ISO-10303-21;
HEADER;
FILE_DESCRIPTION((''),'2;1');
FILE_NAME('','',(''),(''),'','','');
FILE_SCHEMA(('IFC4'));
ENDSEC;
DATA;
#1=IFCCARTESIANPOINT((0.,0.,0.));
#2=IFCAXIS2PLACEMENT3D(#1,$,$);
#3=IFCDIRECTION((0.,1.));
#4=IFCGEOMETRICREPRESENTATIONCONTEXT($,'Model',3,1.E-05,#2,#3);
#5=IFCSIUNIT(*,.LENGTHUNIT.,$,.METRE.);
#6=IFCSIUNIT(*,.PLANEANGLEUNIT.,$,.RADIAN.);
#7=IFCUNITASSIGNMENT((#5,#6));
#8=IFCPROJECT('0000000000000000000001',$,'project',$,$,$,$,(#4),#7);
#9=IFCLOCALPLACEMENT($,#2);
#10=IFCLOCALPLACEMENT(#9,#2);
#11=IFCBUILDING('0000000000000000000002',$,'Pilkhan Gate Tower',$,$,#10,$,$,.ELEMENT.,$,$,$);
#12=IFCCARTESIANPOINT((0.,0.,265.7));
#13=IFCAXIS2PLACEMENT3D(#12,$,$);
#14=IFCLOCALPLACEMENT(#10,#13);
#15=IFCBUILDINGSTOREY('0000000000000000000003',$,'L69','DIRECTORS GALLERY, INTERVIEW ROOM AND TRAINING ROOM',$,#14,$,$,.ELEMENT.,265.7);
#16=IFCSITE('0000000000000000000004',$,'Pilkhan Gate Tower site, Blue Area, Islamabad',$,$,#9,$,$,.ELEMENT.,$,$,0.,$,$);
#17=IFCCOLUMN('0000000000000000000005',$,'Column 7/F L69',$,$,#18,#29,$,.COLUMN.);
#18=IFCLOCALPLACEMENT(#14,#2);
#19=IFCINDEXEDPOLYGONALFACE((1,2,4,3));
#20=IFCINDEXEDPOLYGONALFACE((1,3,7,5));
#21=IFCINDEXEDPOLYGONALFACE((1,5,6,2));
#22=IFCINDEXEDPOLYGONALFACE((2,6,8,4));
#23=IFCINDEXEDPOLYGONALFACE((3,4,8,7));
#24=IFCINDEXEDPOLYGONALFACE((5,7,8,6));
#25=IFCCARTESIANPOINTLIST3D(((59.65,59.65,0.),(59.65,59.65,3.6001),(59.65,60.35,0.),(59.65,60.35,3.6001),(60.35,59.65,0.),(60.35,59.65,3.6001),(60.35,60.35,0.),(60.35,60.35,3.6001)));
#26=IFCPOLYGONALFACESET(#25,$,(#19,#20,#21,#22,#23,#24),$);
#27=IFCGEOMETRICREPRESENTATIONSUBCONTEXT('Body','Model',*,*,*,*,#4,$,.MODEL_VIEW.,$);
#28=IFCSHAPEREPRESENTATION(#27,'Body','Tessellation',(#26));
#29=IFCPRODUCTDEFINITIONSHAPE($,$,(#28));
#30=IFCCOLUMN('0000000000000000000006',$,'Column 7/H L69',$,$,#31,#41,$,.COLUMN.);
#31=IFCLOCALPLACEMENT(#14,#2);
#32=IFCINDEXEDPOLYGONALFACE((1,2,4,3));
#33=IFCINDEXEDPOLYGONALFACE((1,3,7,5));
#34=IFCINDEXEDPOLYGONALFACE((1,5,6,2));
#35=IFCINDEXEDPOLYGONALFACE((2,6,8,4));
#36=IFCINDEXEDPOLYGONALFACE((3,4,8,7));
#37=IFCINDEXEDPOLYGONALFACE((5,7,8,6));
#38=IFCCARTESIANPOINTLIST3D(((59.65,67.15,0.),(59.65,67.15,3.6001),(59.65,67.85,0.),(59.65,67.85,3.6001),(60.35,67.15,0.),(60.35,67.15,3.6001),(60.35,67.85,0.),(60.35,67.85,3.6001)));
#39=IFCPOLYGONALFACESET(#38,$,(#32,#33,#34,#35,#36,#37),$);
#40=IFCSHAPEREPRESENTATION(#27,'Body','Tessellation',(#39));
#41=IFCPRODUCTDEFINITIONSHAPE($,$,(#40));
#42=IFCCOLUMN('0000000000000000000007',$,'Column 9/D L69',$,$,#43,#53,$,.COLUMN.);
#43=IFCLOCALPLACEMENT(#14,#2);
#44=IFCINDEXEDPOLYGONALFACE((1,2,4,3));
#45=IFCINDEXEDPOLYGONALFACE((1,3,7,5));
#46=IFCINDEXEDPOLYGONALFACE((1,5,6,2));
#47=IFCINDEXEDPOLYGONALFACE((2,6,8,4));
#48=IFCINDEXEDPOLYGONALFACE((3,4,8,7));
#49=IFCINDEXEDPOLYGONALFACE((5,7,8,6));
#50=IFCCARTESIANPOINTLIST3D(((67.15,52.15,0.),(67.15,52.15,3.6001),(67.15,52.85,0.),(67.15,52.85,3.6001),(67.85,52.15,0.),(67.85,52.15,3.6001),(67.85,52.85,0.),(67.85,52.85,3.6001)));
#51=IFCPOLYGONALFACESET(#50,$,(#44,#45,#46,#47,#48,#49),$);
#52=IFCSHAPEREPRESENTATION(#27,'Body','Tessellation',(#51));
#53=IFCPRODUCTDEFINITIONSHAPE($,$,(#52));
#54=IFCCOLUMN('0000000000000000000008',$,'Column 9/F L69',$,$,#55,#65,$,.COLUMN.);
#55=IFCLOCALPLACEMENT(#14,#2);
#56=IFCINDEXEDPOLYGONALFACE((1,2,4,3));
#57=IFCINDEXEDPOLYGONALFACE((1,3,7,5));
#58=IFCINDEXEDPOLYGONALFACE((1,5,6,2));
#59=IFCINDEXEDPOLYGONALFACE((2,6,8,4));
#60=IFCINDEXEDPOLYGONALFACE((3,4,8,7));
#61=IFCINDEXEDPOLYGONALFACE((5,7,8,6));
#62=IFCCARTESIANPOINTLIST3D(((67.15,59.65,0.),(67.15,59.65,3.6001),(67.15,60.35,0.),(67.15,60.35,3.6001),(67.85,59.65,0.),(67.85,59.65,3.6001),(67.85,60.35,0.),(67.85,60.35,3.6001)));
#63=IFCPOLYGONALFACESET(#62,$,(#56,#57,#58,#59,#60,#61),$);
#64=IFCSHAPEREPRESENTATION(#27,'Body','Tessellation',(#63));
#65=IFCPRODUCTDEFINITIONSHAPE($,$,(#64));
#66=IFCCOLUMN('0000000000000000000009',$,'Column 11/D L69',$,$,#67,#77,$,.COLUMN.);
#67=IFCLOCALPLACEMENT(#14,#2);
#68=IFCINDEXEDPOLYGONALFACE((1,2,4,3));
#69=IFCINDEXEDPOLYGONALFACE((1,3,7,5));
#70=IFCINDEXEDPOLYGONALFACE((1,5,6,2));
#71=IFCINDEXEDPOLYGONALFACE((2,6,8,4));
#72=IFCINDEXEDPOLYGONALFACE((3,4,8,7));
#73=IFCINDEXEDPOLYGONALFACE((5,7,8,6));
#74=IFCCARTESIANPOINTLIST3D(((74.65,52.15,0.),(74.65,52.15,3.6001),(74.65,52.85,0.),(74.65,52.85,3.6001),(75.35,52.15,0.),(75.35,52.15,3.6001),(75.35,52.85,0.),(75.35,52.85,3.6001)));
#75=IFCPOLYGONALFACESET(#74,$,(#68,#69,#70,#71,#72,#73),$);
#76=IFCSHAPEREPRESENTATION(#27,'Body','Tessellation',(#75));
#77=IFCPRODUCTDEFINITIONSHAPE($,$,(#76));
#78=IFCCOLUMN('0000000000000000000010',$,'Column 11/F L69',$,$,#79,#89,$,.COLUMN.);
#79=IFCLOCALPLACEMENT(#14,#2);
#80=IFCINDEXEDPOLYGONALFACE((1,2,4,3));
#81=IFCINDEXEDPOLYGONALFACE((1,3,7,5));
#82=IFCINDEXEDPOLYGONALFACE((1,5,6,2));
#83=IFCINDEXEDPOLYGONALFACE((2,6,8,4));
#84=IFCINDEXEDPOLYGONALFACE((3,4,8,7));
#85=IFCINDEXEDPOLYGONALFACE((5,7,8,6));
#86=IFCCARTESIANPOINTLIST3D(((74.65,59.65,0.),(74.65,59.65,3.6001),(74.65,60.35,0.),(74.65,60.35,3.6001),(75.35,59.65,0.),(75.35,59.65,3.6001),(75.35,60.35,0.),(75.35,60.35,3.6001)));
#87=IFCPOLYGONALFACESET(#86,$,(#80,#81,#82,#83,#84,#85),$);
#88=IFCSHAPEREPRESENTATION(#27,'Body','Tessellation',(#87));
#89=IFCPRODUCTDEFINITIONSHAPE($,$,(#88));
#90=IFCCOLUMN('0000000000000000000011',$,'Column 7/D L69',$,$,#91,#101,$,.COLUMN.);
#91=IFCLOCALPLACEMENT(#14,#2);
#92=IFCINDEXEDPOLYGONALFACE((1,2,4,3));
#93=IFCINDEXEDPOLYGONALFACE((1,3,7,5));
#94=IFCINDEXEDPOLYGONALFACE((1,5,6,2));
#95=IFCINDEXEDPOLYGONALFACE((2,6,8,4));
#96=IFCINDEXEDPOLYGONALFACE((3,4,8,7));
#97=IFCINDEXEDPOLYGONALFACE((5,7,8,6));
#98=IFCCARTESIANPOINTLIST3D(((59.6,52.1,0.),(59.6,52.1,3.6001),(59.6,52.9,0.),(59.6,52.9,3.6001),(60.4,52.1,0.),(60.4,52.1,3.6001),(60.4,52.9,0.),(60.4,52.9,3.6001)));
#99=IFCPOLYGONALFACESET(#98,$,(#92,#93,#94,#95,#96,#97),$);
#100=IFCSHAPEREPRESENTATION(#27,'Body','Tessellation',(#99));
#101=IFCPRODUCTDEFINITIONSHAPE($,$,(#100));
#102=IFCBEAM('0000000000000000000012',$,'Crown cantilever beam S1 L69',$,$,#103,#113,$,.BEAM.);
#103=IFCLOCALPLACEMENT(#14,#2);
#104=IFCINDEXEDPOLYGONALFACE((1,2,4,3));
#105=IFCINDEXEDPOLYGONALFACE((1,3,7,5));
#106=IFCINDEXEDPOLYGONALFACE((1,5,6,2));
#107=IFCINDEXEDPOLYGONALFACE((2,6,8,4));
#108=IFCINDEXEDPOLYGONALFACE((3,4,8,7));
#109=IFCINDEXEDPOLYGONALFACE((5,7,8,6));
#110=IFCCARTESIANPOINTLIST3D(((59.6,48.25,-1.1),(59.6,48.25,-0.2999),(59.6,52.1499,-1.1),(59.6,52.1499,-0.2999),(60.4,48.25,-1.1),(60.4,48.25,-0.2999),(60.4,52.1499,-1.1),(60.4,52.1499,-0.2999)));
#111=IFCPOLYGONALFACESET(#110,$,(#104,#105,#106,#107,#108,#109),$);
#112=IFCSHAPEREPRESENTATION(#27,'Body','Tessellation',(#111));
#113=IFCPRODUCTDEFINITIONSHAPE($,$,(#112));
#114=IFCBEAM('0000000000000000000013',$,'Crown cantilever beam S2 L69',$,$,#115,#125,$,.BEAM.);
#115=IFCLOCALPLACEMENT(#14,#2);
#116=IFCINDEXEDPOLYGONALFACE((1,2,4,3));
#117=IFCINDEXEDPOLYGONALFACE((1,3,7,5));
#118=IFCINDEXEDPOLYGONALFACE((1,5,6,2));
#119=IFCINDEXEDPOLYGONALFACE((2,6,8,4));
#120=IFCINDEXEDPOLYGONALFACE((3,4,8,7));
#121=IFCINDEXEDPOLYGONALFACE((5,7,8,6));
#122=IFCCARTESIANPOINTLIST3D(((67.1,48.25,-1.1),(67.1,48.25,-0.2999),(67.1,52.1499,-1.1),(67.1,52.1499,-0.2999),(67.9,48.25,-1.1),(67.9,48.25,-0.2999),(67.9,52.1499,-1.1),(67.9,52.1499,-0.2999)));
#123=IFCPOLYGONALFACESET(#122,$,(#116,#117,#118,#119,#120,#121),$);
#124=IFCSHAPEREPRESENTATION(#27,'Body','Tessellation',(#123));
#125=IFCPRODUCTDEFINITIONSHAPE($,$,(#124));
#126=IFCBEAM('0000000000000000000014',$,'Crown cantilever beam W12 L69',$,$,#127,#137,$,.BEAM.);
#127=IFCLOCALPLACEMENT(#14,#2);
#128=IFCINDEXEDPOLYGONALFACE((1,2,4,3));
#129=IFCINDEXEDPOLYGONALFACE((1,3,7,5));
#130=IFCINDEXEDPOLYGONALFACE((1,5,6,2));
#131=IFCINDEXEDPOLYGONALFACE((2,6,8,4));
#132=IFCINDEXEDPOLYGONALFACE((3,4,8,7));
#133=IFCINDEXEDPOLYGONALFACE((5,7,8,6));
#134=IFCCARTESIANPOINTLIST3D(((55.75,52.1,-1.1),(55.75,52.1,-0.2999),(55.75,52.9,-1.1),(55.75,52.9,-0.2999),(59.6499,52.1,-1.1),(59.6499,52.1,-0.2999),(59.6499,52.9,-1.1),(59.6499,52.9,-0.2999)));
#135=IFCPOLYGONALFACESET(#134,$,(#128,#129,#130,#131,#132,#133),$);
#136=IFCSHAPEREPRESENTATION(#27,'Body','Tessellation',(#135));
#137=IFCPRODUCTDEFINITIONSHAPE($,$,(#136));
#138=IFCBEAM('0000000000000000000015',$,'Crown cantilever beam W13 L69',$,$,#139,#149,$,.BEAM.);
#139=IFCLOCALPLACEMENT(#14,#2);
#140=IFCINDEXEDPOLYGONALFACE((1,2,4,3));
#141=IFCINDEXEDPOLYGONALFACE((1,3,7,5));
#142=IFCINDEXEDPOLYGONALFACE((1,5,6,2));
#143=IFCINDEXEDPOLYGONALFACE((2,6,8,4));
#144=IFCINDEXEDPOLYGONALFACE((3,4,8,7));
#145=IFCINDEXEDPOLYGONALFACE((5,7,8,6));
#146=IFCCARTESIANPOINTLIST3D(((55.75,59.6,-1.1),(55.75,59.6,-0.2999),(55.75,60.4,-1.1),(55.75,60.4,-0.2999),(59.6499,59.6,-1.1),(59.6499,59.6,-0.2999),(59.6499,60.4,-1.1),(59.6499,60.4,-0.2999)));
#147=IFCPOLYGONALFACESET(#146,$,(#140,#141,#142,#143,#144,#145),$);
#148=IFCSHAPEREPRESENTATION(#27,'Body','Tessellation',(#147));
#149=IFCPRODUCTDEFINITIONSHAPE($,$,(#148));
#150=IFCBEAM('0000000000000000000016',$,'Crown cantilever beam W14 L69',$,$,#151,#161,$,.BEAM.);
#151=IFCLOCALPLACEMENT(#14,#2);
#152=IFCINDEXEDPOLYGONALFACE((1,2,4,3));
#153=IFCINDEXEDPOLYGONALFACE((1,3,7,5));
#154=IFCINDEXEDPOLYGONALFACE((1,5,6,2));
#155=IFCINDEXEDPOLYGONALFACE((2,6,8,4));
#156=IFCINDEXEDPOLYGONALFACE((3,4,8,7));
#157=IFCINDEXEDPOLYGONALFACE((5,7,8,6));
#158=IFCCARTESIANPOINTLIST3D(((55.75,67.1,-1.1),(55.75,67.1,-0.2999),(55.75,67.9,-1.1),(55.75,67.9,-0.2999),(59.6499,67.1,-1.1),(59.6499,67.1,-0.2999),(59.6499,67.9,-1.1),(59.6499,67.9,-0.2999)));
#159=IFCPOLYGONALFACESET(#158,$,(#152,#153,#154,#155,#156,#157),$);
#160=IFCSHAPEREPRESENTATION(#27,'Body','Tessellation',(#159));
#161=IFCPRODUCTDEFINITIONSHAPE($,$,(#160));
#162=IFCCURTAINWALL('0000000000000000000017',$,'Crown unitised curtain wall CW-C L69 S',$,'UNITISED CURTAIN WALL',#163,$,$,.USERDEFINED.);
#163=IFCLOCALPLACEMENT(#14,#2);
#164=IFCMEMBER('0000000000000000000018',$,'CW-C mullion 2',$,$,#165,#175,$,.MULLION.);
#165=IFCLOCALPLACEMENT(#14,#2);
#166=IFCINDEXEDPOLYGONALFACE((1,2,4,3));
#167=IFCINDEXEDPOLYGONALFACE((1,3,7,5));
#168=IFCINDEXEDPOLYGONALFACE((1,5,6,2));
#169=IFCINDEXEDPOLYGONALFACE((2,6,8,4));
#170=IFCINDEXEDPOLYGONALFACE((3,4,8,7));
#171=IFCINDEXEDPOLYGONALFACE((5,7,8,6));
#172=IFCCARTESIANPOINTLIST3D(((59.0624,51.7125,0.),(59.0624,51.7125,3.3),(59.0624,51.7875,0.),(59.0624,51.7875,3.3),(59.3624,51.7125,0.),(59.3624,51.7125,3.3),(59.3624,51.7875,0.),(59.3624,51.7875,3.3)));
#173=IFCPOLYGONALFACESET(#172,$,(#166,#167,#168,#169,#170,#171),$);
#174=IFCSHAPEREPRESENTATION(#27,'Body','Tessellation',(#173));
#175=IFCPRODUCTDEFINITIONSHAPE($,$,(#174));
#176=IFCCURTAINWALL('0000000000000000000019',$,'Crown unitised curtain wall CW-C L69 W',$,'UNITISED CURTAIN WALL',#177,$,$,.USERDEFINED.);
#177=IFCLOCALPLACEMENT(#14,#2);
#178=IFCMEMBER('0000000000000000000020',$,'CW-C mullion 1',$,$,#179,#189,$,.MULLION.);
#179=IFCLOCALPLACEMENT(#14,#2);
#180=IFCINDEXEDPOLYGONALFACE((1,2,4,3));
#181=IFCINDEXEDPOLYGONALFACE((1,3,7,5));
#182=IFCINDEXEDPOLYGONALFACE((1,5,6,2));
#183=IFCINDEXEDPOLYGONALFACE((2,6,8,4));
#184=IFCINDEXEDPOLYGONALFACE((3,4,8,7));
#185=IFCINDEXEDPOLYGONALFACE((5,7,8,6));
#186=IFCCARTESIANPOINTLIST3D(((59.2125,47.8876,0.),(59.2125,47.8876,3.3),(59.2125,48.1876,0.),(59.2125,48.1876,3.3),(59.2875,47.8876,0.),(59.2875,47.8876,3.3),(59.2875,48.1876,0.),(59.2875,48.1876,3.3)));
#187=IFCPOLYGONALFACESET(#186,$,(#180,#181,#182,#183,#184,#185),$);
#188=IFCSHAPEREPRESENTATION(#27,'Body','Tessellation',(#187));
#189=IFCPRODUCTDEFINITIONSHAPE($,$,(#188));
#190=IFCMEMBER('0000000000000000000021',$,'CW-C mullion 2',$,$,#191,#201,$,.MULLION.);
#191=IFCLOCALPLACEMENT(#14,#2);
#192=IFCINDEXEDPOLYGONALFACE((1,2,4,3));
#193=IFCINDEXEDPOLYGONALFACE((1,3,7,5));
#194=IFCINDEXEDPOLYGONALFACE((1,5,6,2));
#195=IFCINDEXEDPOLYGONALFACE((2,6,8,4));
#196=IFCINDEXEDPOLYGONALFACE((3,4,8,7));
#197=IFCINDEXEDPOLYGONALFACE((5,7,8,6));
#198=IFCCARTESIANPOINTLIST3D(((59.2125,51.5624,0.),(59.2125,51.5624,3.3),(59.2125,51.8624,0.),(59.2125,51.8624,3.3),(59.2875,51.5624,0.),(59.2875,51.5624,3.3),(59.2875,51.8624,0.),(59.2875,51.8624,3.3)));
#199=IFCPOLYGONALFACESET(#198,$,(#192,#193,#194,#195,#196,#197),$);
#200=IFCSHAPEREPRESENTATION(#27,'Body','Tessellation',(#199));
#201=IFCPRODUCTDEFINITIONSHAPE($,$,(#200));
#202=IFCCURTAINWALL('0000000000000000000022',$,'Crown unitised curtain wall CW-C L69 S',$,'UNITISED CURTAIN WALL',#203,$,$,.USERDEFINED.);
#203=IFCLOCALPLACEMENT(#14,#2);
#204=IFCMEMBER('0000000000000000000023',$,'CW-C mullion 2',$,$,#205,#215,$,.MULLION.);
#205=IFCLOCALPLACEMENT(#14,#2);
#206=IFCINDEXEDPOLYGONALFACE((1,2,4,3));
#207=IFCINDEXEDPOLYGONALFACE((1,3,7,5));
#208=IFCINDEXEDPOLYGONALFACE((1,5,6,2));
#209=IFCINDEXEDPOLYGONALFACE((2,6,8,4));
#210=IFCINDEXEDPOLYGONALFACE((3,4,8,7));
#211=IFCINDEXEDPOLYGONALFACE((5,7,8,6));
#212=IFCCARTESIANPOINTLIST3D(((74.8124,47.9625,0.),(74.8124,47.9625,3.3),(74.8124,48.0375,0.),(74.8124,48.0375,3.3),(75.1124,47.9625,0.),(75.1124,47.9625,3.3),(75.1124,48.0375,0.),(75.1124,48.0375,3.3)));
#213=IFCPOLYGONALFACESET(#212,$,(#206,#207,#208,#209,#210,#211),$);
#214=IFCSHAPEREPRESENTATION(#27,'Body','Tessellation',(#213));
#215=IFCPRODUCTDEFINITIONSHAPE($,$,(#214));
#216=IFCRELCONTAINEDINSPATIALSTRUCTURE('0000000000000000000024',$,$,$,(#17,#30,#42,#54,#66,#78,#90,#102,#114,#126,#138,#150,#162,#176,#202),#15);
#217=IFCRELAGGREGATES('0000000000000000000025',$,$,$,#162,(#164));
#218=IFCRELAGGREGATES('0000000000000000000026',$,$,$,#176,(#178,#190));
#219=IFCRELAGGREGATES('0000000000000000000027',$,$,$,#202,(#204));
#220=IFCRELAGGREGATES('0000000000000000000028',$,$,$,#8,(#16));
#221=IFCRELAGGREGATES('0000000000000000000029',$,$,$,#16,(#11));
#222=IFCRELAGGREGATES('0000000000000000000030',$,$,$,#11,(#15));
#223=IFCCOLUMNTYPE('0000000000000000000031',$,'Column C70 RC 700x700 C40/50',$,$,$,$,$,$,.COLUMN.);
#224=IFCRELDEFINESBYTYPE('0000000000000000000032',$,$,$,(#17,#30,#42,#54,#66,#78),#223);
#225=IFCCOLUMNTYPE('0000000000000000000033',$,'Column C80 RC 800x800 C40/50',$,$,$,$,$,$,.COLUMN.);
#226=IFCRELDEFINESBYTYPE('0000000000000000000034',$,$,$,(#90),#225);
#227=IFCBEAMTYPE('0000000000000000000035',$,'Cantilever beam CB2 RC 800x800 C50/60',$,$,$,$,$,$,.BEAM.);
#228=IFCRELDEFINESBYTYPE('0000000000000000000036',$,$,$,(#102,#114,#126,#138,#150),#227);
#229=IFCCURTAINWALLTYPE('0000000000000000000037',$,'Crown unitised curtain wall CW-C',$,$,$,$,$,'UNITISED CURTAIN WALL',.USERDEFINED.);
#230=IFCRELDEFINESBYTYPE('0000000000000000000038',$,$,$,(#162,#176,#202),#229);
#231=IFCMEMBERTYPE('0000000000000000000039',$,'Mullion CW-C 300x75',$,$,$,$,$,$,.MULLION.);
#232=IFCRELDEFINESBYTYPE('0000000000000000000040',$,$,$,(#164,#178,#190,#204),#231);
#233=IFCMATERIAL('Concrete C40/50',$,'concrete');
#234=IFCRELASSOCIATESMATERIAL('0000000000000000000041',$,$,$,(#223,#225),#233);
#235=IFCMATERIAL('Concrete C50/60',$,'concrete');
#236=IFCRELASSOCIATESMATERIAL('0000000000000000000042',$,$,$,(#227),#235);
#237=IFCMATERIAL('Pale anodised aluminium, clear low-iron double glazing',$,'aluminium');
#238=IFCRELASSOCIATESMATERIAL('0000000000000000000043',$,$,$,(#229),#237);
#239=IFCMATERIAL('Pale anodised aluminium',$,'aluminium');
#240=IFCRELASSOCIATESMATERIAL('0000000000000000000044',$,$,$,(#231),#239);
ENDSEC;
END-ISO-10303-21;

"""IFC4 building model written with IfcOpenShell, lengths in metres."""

from ifc_helpers import new_model, si_unit, direction, frame, origin, origin_2d, place, context, subcontext, project, spatial, rectangle, extrude, material, material_profile, profile_set, type_object, element, aggregate, save


model = new_model("IFC4")

# Units and contexts
model_context = context("Model", 3, precision=1e-05, world=origin(), true_north=direction((0.0, 1.0)))
body_context = subcontext(model_context, "Body", "Model", "MODEL_VIEW")
ifc_project = project(units=[si_unit("LENGTHUNIT", "METRE"), si_unit("PLANEANGLEUNIT", "RADIAN")], contexts=[model_context])

# Site, building, storey
site_placement = place(None, origin())
site = spatial("IfcSite", under=ifc_project, at=site_placement, Name="Pilkhan Gate Tower site, Blue Area, Islamabad", CompositionType="ELEMENT", RefElevation=0.0)
building_placement = place(site_placement, origin())
building = spatial("IfcBuilding", under=site, at=building_placement, Name="Pilkhan Gate Tower", CompositionType="ELEMENT")
storey_placement = place(building_placement, frame((0.0, 0.0, 265.7)))
storey = spatial("IfcBuildingStorey", under=building, at=storey_placement, Name="L69", Description="DIRECTORS GALLERY, INTERVIEW ROOM AND TRAINING ROOM", CompositionType="ELEMENT", Elevation=265.7)

# Columns
ifc_material_1 = material(Name="Concrete C40/50", Category="concrete")
ifc_material_profile_1 = material_profile(ifc_material_1, rectangle(XDim=0.7, YDim=0.7, at=origin_2d()), Name="RC 700x700")
ifc_profile_set_1 = profile_set([ifc_material_profile_1], Name="Concrete C40/50")
column_type_1 = type_object("IfcColumnType", Name="Column C70 RC 700x700 C40/50", PredefinedType="COLUMN", material=ifc_profile_set_1)
for number, where, z_axis, x_axis, name in (
    (1, (60.0, 60.0, 0.0), (0.0, 0.0, 1.0), (1.0, 0.0, 0.0), "Column 7/F L69"),
    (2, (60.0, 67.5, 0.0), (0.0, 0.0, 1.0), (1.0, 0.0, 0.0), "Column 7/H L69"),
    (3, (67.5, 52.5, 0.0), (0.0, 0.0, 1.0), (1.0, 0.0, 0.0), "Column 9/D L69"),
    (4, (67.5, 60.0, 0.0), (0.0, 0.0, 1.0), (1.0, 0.0, 0.0), "Column 9/F L69"),
    (5, (75.0, 52.5, 0.0), (0.0, 0.0, 1.0), (1.0, 0.0, 0.0), "Column 11/D L69"),
    (6, (75.0, 60.0, 0.0), (0.0, 0.0, 1.0), (1.0, 0.0, 0.0), "Column 11/F L69"),
):
    element("IfcColumn", number, at=place(storey_placement, frame(where, z_axis=z_axis, x_axis=x_axis)), inside=storey, type_object=column_type_1, Name=name, PredefinedType="COLUMN", context=body_context, shape_type="SweptSolid", body=[
        extrude(rectangle(XDim=0.7, YDim=0.7, at=origin_2d()), origin(), (0.0, 0.0, 1.0), 3.6001),
    ])
ifc_material_profile_2 = material_profile(ifc_material_1, rectangle(XDim=0.8, YDim=0.8, at=origin_2d()), Name="RC 800x800")
ifc_profile_set_2 = profile_set([ifc_material_profile_2], Name="Concrete C40/50")
column_type_2 = type_object("IfcColumnType", Name="Column C80 RC 800x800 C40/50", PredefinedType="COLUMN", material=ifc_profile_set_2)
column_placement = place(storey_placement, frame((60.0, 52.5, 0.0), z_axis=(0.0, 0.0, 1.0), x_axis=(1.0, 0.0, 0.0)))
element("IfcColumn", 7, at=column_placement, inside=storey, type_object=column_type_2, Name="Column 7/D L69", PredefinedType="COLUMN", context=body_context, shape_type="SweptSolid", body=[
    extrude(rectangle(XDim=0.8, YDim=0.8, at=origin_2d()), origin(), (0.0, 0.0, 1.0), 3.6001),
])

# Beams
ifc_material_2 = material(Name="Concrete C50/60", Category="concrete")
ifc_material_profile_3 = material_profile(ifc_material_2, rectangle(XDim=0.8, YDim=0.8, at=origin_2d()), Name="RC 800x800")
ifc_profile_set_3 = profile_set([ifc_material_profile_3], Name="Concrete C50/60")
beam_type = type_object("IfcBeamType", Name="Cantilever beam CB2 RC 800x800 C50/60", PredefinedType="BEAM", material=ifc_profile_set_3)
for number, where, z_axis, x_axis, name in (
    (8, (60.0, 52.1499, -0.7), (0.0, -1.0, 0.0), (1.0, 0.0, 0.0), "Crown cantilever beam S1 L69"),
    (9, (67.5, 52.1499, -0.7), (0.0, -1.0, 0.0), (1.0, 0.0, 0.0), "Crown cantilever beam S2 L69"),
    (10, (59.6499, 52.5, -0.7), (-1.0, 0.0, 0.0), (0.0, -1.0, 0.0), "Crown cantilever beam W12 L69"),
    (11, (59.6499, 60.0, -0.7), (-1.0, 0.0, 0.0), (0.0, -1.0, 0.0), "Crown cantilever beam W13 L69"),
    (12, (59.6499, 67.5, -0.7), (-1.0, 0.0, 0.0), (0.0, -1.0, 0.0), "Crown cantilever beam W14 L69"),
):
    element("IfcBeam", number, at=place(storey_placement, frame(where, z_axis=z_axis, x_axis=x_axis)), inside=storey, type_object=beam_type, Name=name, PredefinedType="BEAM", context=body_context, shape_type="SweptSolid", body=[
        extrude(rectangle(XDim=0.8, YDim=0.8, at=origin_2d()), origin(), (0.0, 0.0, 1.0), 3.8999),
    ])

# Curtain wall, member
ifc_material_3 = material(Name="Pale anodised aluminium, clear low-iron double glazing", Category="aluminium")
curtain_wall_type = type_object("IfcCurtainWallType", Name="Crown unitised curtain wall CW-C", ElementType="UNITISED CURTAIN WALL", PredefinedType="USERDEFINED", material=ifc_material_3)
curtain_wall_1_placement = place(storey_placement, origin())
curtain_wall_1 = element("IfcCurtainWall", 13, at=curtain_wall_1_placement, inside=storey, type_object=curtain_wall_type, Name="Crown unitised curtain wall CW-C L69 S", ObjectType="UNITISED CURTAIN WALL", PredefinedType="USERDEFINED")
ifc_material_4 = material(Name="Pale anodised aluminium", Category="aluminium")
ifc_material_profile_4 = material_profile(ifc_material_4, rectangle(XDim=0.075, YDim=0.3, at=origin_2d()), Name="Mullion 300x75")
ifc_profile_set_4 = profile_set([ifc_material_profile_4], Name="Pale anodised aluminium")
member_type_1 = type_object("IfcMemberType", Name="Mullion CW-C 300x75", PredefinedType="MULLION", material=ifc_profile_set_4)
member_1_placement = place(storey_placement, frame((59.2124, 51.75, 0.0), z_axis=(0.0, 0.0, 1.0), x_axis=(0.0, 1.0, 0.0)))
member_1 = element("IfcMember", 14, at=member_1_placement, type_object=member_type_1, Name="CW-C mullion 2", PredefinedType="MULLION", context=body_context, shape_type="SweptSolid", body=[
    extrude(rectangle(XDim=0.075, YDim=0.3, at=origin_2d()), origin(), (0.0, 0.0, 1.0), 3.3),
])
aggregate(curtain_wall_1, [member_1])

# Curtain wall, members
curtain_wall_2_placement = place(storey_placement, origin())
curtain_wall_2 = element("IfcCurtainWall", 15, at=curtain_wall_2_placement, inside=storey, type_object=curtain_wall_type, Name="Crown unitised curtain wall CW-C L69 W", ObjectType="UNITISED CURTAIN WALL", PredefinedType="USERDEFINED")
member_2_placement = place(storey_placement, frame((59.25, 48.0376, 0.0), z_axis=(0.0, 0.0, 1.0), x_axis=(-1.0, 0.0, 0.0)))
member_2 = element("IfcMember", 16, at=member_2_placement, type_object=member_type_1, Name="CW-C mullion 1", PredefinedType="MULLION", context=body_context, shape_type="SweptSolid", body=[
    extrude(rectangle(XDim=0.075, YDim=0.3, at=origin_2d()), origin(), (0.0, 0.0, 1.0), 3.3),
])
member_3_placement = place(storey_placement, frame((59.25, 51.7124, 0.0), z_axis=(0.0, 0.0, 1.0), x_axis=(-1.0, 0.0, 0.0)))
member_3 = element("IfcMember", 17, at=member_3_placement, type_object=member_type_1, Name="CW-C mullion 2", PredefinedType="MULLION", context=body_context, shape_type="SweptSolid", body=[
    extrude(rectangle(XDim=0.075, YDim=0.3, at=origin_2d()), origin(), (0.0, 0.0, 1.0), 3.3),
])

# Curtain wall, member
curtain_wall_3_placement = place(storey_placement, origin())
curtain_wall_3 = element("IfcCurtainWall", 18, at=curtain_wall_3_placement, inside=storey, type_object=curtain_wall_type, Name="Crown unitised curtain wall CW-C L69 S", ObjectType="UNITISED CURTAIN WALL", PredefinedType="USERDEFINED")
member_4_placement = place(storey_placement, frame((74.9624, 48.0, 0.0), z_axis=(0.0, 0.0, 1.0), x_axis=(0.0, 1.0, 0.0)))
member_4 = element("IfcMember", 19, at=member_4_placement, type_object=member_type_1, Name="CW-C mullion 2", PredefinedType="MULLION", context=body_context, shape_type="SweptSolid", body=[
    extrude(rectangle(XDim=0.075, YDim=0.3, at=origin_2d()), origin(), (0.0, 0.0, 1.0), 3.3),
])

aggregate(curtain_wall_2, [member_2, member_3])
aggregate(curtain_wall_3, [member_4])

save(model, "model.ifc")
